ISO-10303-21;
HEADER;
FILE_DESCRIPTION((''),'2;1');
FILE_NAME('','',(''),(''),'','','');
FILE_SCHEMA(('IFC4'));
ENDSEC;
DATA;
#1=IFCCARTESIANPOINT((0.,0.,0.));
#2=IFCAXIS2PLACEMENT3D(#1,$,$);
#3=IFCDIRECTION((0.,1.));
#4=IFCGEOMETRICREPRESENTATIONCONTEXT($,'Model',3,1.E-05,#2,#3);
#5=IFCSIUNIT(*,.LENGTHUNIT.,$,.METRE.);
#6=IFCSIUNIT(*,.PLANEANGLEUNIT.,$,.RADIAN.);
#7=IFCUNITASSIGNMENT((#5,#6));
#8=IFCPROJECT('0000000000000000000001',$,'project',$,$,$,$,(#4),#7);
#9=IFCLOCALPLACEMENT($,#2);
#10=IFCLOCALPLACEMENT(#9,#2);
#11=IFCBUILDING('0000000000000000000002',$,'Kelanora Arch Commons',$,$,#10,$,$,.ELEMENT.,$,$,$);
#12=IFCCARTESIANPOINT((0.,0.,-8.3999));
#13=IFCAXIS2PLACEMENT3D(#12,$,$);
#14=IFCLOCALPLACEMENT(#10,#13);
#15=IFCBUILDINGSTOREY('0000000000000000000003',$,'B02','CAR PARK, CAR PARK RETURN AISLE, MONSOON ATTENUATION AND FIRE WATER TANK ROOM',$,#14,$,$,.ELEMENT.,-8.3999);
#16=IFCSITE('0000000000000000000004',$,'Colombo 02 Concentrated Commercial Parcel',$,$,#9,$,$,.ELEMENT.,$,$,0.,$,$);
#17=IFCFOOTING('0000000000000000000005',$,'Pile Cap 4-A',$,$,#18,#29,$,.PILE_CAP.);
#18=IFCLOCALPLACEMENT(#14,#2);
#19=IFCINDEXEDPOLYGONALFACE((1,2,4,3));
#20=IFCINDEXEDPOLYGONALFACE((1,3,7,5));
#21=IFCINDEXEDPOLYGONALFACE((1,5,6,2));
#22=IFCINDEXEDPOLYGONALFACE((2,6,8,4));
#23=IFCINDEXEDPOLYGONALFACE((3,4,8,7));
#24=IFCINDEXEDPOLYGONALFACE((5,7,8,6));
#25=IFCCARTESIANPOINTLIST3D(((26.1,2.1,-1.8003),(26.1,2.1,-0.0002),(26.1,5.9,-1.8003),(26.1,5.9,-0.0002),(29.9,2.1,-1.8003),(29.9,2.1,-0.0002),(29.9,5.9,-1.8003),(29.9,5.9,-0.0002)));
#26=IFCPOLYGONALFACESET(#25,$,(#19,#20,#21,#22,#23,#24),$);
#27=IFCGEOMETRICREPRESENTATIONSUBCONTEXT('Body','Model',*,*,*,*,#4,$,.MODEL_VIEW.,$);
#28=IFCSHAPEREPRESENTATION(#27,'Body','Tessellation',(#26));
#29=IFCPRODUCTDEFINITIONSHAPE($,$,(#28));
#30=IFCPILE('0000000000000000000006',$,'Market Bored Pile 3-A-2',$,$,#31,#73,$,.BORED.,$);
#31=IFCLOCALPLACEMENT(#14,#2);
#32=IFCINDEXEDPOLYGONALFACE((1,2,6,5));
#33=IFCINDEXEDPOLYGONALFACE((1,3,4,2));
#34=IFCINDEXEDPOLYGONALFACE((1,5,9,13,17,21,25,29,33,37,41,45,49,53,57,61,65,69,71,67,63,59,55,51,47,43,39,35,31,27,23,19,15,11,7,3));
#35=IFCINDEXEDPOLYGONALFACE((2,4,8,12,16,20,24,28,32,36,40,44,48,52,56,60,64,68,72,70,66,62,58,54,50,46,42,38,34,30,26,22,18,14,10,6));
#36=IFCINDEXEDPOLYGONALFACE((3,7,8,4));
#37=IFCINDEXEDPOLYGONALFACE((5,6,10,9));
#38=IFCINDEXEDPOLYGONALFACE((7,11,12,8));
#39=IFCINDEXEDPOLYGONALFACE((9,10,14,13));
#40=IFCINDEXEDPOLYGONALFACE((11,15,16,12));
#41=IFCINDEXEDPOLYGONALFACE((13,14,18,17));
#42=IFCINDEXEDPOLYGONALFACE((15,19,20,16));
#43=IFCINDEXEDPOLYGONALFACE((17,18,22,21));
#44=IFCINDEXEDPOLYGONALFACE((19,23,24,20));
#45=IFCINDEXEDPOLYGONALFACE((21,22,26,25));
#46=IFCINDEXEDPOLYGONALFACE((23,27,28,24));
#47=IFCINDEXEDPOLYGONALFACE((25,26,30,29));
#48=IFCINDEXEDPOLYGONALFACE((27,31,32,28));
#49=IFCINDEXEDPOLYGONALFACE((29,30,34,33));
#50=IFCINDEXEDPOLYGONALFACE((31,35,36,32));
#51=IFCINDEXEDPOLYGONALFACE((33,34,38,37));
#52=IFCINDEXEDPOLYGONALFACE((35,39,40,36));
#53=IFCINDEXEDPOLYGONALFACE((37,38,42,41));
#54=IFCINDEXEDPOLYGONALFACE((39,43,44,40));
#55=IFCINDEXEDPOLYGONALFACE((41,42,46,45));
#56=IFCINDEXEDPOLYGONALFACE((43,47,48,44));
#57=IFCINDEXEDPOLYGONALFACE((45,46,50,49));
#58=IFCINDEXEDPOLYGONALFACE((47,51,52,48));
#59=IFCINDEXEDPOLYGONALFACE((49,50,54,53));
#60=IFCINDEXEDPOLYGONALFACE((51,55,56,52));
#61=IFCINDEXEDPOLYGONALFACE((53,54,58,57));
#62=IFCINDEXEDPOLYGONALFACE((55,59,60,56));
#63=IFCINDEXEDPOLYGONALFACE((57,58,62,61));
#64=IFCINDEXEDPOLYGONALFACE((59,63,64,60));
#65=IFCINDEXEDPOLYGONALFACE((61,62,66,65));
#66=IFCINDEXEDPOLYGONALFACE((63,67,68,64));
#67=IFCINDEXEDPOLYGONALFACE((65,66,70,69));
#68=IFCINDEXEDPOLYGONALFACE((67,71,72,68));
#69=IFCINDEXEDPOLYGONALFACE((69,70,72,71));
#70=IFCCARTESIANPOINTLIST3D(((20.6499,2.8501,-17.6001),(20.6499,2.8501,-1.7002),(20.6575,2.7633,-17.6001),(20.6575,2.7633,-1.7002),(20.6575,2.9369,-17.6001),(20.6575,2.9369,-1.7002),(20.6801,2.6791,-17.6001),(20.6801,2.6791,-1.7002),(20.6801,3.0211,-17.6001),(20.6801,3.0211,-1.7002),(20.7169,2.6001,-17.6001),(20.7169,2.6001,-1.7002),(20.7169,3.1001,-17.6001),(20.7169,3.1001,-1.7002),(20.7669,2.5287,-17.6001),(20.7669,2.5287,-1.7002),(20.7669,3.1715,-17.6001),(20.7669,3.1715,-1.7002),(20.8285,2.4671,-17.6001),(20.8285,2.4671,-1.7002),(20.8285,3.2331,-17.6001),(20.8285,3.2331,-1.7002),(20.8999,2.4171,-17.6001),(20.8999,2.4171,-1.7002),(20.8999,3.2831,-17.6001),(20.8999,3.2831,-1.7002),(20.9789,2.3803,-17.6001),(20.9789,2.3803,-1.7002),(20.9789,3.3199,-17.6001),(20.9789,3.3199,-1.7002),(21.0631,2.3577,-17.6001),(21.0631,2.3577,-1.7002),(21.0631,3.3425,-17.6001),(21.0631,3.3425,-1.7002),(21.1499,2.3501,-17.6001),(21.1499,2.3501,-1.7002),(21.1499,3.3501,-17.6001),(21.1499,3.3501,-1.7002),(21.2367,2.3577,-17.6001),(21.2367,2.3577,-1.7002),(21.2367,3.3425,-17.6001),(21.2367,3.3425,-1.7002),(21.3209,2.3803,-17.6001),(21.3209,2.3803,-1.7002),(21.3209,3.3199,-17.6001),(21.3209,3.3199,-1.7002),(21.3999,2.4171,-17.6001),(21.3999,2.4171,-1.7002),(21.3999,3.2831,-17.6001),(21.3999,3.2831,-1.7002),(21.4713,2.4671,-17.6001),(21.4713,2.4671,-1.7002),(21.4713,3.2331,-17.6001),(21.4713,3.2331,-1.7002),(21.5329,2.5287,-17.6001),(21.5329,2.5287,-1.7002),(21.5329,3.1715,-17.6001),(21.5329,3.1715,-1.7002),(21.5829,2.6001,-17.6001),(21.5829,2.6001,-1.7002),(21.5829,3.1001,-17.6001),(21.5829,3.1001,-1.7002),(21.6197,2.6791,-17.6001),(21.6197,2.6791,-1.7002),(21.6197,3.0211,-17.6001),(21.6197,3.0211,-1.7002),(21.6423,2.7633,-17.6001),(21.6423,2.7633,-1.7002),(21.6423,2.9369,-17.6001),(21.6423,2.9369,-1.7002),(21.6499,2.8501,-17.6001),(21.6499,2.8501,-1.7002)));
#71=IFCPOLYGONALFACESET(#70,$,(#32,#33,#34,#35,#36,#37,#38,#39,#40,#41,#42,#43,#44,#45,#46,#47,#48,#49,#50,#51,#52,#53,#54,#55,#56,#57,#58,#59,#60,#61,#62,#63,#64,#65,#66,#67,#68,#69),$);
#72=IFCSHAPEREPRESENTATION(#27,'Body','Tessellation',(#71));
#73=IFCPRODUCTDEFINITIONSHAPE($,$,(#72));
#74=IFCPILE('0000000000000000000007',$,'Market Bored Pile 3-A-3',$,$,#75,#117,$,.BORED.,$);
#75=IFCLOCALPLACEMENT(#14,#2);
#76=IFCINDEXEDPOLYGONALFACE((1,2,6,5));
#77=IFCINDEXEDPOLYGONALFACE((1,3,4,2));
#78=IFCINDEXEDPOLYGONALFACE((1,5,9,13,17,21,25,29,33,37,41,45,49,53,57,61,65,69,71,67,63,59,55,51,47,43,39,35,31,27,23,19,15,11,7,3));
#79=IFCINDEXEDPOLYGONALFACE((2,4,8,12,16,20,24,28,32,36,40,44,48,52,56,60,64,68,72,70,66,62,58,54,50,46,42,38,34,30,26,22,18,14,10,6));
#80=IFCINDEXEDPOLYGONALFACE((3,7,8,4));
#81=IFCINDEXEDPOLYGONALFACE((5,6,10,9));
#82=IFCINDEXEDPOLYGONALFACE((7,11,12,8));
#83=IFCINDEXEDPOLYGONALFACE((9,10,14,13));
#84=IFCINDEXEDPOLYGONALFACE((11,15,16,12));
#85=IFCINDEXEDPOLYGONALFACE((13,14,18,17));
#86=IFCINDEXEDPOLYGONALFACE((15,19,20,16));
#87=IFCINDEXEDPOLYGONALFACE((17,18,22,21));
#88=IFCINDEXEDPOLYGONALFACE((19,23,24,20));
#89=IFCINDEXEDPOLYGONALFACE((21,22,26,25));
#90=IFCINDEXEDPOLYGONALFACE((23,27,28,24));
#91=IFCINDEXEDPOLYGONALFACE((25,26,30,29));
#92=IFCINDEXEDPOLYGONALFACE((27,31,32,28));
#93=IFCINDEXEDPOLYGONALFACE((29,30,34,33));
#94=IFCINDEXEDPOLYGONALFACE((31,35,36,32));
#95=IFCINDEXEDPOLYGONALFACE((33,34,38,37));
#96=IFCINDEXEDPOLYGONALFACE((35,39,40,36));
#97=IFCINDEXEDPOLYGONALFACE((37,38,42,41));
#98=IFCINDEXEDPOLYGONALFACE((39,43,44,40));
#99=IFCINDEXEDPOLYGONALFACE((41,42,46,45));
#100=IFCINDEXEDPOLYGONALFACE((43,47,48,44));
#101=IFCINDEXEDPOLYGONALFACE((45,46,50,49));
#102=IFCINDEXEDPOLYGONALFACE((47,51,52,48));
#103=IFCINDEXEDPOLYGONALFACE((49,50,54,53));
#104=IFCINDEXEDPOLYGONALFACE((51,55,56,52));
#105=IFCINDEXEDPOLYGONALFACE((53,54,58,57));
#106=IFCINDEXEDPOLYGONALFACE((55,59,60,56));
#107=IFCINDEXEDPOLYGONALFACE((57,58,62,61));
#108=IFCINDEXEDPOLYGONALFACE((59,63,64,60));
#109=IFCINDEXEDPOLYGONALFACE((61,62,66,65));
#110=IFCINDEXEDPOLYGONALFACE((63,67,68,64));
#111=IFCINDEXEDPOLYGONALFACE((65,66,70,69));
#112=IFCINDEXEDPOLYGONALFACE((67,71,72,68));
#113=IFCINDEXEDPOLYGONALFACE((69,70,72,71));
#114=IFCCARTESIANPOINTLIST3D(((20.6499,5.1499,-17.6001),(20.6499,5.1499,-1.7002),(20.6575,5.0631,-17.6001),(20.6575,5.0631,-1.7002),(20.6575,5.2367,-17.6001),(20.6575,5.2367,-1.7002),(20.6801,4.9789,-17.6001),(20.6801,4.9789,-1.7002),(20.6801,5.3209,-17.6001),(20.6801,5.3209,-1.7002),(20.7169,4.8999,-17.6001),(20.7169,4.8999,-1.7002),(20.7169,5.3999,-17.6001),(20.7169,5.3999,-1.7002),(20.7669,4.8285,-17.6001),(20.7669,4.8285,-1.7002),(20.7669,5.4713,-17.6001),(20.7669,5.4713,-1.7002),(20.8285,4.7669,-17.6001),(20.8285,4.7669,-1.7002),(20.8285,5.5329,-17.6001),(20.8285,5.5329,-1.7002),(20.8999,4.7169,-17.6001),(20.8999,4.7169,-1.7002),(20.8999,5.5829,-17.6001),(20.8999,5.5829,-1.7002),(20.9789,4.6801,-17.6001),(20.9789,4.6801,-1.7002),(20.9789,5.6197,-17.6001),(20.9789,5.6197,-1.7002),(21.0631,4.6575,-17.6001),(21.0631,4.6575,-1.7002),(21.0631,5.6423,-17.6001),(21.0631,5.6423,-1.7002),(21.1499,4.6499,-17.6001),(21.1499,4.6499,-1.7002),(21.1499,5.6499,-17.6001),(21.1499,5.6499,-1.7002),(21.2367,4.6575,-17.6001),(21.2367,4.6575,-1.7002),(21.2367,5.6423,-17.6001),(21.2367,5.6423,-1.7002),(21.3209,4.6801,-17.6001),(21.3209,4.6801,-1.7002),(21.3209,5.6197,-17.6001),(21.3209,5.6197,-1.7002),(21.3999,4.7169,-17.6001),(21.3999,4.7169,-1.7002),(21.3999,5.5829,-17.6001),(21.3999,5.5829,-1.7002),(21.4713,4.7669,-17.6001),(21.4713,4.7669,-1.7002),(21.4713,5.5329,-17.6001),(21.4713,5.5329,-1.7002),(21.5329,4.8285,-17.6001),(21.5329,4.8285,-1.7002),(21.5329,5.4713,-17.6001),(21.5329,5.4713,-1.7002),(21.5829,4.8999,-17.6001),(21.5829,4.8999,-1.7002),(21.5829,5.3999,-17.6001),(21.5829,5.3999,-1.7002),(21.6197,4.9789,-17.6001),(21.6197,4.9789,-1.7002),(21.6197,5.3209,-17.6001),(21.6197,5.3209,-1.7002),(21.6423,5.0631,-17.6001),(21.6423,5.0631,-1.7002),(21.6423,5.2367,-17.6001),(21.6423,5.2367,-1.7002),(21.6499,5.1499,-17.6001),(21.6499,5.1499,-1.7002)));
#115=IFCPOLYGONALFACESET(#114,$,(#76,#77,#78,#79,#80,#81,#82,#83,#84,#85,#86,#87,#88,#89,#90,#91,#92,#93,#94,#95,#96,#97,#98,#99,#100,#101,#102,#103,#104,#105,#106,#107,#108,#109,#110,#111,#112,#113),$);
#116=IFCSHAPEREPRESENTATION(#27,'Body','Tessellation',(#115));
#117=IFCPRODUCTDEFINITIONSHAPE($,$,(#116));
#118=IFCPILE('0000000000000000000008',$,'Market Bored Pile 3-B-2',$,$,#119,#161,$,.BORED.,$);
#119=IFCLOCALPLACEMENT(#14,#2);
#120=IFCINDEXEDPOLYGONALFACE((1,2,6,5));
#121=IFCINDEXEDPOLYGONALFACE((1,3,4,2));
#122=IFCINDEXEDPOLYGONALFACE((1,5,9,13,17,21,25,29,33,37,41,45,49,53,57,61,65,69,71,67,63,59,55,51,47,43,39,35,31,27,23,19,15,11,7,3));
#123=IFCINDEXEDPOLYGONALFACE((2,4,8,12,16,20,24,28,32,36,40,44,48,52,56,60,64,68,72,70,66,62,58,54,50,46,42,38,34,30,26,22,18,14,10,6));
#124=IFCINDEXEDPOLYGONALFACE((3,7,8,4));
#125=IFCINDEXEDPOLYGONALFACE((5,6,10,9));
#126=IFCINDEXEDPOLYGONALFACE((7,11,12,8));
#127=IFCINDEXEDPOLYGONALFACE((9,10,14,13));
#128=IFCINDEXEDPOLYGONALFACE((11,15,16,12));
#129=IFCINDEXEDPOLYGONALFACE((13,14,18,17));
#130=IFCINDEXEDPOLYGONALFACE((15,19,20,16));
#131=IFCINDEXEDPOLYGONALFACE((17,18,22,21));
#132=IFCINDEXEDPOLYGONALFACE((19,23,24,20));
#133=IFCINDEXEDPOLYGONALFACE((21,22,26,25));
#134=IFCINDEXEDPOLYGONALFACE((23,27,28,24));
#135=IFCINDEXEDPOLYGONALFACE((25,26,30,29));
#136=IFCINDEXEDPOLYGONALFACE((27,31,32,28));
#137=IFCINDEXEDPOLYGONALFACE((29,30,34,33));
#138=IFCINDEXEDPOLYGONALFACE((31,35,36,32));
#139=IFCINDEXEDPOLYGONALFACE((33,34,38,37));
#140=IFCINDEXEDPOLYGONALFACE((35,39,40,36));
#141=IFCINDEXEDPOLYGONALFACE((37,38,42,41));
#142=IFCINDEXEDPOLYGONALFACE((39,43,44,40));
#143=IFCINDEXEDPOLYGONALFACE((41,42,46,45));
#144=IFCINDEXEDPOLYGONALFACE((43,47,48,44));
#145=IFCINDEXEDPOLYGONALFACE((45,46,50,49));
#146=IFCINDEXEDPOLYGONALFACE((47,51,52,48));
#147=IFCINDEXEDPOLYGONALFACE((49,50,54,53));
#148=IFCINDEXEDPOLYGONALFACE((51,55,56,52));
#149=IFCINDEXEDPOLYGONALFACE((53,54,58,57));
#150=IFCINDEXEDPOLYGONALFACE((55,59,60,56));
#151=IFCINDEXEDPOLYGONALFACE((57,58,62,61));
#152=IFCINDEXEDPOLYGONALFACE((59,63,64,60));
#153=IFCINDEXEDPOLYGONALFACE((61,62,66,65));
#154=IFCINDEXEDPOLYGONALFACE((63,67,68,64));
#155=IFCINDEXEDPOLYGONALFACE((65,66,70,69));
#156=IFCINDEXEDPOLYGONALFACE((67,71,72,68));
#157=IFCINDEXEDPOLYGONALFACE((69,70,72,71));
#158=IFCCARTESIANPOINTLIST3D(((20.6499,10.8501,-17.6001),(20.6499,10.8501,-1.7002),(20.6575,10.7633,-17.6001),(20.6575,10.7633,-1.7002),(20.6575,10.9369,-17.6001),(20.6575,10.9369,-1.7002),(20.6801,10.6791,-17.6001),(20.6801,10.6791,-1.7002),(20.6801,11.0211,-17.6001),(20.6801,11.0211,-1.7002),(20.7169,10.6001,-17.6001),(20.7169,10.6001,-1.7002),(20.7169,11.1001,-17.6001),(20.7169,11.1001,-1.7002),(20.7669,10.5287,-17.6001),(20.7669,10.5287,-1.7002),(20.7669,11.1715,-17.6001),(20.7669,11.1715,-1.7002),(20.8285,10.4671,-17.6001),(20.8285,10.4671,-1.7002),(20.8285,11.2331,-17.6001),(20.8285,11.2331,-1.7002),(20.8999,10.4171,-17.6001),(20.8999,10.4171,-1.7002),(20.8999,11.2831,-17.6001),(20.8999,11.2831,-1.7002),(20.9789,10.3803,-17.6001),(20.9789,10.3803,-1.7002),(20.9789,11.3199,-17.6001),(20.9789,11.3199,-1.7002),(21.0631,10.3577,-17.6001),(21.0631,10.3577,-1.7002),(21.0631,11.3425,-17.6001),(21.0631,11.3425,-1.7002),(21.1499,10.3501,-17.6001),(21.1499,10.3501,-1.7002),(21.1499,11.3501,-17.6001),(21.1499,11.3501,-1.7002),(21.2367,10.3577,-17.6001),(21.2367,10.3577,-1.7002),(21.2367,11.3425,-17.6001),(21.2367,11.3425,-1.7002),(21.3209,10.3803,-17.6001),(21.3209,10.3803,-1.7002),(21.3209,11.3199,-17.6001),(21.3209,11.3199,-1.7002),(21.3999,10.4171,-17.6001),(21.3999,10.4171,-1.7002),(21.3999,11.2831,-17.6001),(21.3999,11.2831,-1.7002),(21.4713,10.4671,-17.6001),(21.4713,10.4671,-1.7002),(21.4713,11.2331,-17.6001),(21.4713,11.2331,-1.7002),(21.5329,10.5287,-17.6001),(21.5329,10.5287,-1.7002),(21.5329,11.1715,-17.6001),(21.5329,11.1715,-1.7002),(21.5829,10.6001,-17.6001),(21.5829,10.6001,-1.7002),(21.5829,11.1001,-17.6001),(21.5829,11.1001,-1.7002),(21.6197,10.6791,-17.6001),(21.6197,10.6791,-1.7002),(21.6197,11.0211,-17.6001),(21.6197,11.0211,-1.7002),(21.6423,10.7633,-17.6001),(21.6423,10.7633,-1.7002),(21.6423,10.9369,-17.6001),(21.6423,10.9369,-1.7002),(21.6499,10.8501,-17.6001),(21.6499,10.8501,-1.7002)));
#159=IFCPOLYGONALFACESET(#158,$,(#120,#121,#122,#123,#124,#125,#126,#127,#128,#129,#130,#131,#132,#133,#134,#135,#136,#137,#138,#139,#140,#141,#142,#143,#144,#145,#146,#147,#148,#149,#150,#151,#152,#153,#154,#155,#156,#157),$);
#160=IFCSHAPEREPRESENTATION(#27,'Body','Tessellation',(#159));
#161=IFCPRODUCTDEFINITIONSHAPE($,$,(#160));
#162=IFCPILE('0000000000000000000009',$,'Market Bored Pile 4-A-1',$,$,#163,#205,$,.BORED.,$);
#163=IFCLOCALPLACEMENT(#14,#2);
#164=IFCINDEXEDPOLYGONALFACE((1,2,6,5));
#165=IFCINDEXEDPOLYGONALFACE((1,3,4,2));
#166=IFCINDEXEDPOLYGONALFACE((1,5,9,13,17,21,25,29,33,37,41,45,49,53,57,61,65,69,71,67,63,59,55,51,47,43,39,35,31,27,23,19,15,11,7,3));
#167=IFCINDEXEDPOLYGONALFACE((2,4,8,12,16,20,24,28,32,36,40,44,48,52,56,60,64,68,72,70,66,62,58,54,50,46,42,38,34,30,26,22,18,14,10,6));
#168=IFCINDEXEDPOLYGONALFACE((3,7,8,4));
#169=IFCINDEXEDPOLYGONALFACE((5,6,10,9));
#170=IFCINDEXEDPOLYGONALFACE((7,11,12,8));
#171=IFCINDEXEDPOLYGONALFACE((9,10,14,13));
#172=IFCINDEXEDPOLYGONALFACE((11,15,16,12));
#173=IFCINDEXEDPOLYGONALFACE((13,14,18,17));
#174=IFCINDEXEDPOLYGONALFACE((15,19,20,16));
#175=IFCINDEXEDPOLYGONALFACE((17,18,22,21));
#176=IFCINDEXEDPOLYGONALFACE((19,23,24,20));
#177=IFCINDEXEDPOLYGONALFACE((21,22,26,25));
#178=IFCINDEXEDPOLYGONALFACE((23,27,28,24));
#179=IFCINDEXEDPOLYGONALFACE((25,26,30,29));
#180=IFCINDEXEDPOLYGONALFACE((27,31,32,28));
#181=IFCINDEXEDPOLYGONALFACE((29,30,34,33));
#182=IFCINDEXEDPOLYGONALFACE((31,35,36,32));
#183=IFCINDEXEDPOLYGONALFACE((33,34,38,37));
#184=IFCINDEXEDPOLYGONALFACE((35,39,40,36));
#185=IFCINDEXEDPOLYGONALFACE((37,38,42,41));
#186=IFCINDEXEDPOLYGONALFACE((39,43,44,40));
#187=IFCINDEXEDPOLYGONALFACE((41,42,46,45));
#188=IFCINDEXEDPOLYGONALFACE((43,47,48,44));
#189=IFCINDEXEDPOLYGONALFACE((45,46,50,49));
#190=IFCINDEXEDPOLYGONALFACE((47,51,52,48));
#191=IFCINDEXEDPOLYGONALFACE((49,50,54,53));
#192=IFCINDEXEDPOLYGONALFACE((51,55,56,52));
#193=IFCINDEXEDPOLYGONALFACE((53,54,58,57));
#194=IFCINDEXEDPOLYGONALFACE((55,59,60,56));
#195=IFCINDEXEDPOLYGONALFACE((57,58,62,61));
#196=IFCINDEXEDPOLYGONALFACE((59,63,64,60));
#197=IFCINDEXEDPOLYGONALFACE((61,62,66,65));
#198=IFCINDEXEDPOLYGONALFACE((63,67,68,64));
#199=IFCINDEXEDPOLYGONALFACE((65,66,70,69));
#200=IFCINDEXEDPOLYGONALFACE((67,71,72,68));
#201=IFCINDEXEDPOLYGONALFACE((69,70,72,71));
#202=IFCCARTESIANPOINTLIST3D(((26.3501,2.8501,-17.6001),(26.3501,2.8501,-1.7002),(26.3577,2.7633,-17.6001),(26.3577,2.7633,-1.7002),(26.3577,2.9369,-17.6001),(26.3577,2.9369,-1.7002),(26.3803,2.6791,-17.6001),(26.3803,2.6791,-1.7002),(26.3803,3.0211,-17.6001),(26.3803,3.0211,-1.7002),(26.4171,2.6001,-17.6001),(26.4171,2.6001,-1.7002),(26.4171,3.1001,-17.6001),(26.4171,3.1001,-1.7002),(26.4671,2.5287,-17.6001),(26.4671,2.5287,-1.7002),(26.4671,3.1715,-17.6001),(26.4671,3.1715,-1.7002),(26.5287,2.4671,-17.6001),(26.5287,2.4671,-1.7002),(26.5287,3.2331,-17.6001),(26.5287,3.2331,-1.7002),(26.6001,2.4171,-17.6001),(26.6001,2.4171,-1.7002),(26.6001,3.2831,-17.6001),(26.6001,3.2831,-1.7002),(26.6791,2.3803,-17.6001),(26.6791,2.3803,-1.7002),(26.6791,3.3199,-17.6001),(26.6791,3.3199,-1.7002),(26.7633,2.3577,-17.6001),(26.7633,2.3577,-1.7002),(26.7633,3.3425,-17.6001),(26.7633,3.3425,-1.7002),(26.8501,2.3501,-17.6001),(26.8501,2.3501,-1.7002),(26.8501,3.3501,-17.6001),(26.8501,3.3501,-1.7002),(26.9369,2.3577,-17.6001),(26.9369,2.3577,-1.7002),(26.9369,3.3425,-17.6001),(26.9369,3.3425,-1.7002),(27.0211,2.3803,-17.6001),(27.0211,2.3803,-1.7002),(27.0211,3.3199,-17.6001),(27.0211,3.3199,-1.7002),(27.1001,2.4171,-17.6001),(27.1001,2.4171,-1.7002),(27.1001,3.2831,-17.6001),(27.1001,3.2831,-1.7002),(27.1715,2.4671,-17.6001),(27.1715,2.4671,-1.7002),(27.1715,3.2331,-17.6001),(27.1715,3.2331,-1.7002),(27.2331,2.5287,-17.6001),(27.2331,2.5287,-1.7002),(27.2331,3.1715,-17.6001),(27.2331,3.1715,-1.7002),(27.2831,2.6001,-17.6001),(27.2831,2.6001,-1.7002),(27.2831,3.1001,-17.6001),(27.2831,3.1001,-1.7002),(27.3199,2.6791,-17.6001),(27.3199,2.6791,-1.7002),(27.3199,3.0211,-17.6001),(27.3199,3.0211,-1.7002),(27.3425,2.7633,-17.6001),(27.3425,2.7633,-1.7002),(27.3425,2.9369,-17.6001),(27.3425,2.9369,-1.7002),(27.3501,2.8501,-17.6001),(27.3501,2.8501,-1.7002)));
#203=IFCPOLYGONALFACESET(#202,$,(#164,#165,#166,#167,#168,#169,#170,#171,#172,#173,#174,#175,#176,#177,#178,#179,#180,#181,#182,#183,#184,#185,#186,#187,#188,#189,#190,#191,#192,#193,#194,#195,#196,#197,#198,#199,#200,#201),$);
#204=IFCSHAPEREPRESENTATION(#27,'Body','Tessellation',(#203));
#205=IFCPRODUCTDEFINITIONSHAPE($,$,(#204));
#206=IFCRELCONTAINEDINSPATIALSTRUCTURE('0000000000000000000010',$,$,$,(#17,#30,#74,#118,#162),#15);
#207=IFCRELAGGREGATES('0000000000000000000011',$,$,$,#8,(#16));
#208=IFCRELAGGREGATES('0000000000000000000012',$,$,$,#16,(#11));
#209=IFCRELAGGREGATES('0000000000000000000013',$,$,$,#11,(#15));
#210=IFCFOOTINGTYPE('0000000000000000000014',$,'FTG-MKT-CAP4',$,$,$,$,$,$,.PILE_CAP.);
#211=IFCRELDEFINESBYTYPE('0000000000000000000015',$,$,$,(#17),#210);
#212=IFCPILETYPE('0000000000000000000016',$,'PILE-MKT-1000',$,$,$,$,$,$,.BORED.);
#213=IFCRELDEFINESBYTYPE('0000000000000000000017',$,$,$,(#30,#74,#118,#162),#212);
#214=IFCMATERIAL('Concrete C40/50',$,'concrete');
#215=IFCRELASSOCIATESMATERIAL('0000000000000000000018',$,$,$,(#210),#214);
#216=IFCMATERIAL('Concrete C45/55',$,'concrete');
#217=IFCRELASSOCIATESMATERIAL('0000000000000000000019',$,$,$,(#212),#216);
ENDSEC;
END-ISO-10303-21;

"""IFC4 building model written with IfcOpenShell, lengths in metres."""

from ifc_helpers import new_model, si_unit, direction, frame, origin, origin_2d, place, context, subcontext, project, spatial, rectangle, circle, extrude, source, transform, mapped, material, material_profile, profile_set, type_object, element, save


model = new_model("IFC4")

# Units and contexts
model_context = context("Model", 3, precision=1e-05, world=origin(), true_north=direction((0.0, 1.0)))
body_context = subcontext(model_context, "Body", "Model", "MODEL_VIEW")
ifc_project = project(units=[si_unit("LENGTHUNIT", "METRE"), si_unit("PLANEANGLEUNIT", "RADIAN")], contexts=[model_context])

# Site, building, storey
site_placement = place(None, origin())
site = spatial("IfcSite", under=ifc_project, at=site_placement, Name="Colombo 02 Concentrated Commercial Parcel", CompositionType="ELEMENT", RefElevation=0.0)
building_placement = place(site_placement, origin())
building = spatial("IfcBuilding", under=site, at=building_placement, Name="Kelanora Arch Commons", CompositionType="ELEMENT")
storey_placement = place(building_placement, frame((0.0, 0.0, -8.3999)))
storey = spatial("IfcBuildingStorey", under=building, at=storey_placement, Name="B02", Description="CAR PARK, CAR PARK RETURN AISLE, MONSOON ATTENUATION AND FIRE WATER TANK ROOM", CompositionType="ELEMENT", Elevation=-8.3999)

# Footing
ifc_material_1 = material(Name="Concrete C40/50", Category="concrete")
footing_type_1 = type_object("IfcFootingType", Name="FTG-MKT-CAP4", PredefinedType="PILE_CAP", material=ifc_material_1)
shared_shape_1 = source(origin(), body_context, "Body", "SweptSolid", [
    extrude(rectangle(XDim=3.8, YDim=3.8, at=origin_2d()), origin(), (0.0, 0.0, 1.0), 1.8),
])
footing_placement = place(storey_placement, frame((28.0, 4.0, -1.8003), z_axis=(0.0, 0.0, 1.0), x_axis=(1.0, 0.0, 0.0)))
element("IfcFooting", 1, at=footing_placement, inside=storey, type_object=footing_type_1, Name="Pile Cap 4-A", PredefinedType="PILE_CAP", context=body_context, shape_type="MappedRepresentation", body=[
    mapped(shared_shape_1, transform((0.0, 0.0, 0.0), scale=1.0)),
])

# Piles
ifc_material_2 = material(Name="Concrete C45/55", Category="concrete")
ifc_material_profile_1 = material_profile(ifc_material_2, circle(Radius=0.5, at=origin_2d()), Name="PILE1000")
ifc_profile_set_1 = profile_set([ifc_material_profile_1], Name="Concrete C45/55")
pile_type = type_object("IfcPileType", Name="PILE-MKT-1000", PredefinedType="BORED", material=ifc_profile_set_1)
shared_shape_2 = source(origin(), body_context, "Body", "SweptSolid", [
    extrude(circle(Radius=0.5, at=origin_2d()), origin(), (0.0, 0.0, 1.0), 15.8999),
])
for number, where, z_axis, x_axis, name in (
    (2, (21.1499, 2.8501, -1.7002), (0.0, 0.0, -1.0), (1.0, 0.0, 0.0), "Market Bored Pile 3-A-2"),
    (3, (21.1499, 5.1499, -1.7002), (0.0, 0.0, -1.0), (1.0, 0.0, 0.0), "Market Bored Pile 3-A-3"),
    (4, (21.1499, 10.8501, -1.7002), (0.0, 0.0, -1.0), (1.0, 0.0, 0.0), "Market Bored Pile 3-B-2"),
    (5, (26.8501, 2.8501, -1.7002), (0.0, 0.0, -1.0), (1.0, 0.0, 0.0), "Market Bored Pile 4-A-1"),
):
    element("IfcPile", number, at=place(storey_placement, frame(where, z_axis=z_axis, x_axis=x_axis)), inside=storey, type_object=pile_type, Name=name, PredefinedType="BORED", context=body_context, shape_type="MappedRepresentation", body=[
        mapped(shared_shape_2, transform((0.0, 0.0, 0.0), scale=1.0)),
    ])

save(model, "model.ifc")
